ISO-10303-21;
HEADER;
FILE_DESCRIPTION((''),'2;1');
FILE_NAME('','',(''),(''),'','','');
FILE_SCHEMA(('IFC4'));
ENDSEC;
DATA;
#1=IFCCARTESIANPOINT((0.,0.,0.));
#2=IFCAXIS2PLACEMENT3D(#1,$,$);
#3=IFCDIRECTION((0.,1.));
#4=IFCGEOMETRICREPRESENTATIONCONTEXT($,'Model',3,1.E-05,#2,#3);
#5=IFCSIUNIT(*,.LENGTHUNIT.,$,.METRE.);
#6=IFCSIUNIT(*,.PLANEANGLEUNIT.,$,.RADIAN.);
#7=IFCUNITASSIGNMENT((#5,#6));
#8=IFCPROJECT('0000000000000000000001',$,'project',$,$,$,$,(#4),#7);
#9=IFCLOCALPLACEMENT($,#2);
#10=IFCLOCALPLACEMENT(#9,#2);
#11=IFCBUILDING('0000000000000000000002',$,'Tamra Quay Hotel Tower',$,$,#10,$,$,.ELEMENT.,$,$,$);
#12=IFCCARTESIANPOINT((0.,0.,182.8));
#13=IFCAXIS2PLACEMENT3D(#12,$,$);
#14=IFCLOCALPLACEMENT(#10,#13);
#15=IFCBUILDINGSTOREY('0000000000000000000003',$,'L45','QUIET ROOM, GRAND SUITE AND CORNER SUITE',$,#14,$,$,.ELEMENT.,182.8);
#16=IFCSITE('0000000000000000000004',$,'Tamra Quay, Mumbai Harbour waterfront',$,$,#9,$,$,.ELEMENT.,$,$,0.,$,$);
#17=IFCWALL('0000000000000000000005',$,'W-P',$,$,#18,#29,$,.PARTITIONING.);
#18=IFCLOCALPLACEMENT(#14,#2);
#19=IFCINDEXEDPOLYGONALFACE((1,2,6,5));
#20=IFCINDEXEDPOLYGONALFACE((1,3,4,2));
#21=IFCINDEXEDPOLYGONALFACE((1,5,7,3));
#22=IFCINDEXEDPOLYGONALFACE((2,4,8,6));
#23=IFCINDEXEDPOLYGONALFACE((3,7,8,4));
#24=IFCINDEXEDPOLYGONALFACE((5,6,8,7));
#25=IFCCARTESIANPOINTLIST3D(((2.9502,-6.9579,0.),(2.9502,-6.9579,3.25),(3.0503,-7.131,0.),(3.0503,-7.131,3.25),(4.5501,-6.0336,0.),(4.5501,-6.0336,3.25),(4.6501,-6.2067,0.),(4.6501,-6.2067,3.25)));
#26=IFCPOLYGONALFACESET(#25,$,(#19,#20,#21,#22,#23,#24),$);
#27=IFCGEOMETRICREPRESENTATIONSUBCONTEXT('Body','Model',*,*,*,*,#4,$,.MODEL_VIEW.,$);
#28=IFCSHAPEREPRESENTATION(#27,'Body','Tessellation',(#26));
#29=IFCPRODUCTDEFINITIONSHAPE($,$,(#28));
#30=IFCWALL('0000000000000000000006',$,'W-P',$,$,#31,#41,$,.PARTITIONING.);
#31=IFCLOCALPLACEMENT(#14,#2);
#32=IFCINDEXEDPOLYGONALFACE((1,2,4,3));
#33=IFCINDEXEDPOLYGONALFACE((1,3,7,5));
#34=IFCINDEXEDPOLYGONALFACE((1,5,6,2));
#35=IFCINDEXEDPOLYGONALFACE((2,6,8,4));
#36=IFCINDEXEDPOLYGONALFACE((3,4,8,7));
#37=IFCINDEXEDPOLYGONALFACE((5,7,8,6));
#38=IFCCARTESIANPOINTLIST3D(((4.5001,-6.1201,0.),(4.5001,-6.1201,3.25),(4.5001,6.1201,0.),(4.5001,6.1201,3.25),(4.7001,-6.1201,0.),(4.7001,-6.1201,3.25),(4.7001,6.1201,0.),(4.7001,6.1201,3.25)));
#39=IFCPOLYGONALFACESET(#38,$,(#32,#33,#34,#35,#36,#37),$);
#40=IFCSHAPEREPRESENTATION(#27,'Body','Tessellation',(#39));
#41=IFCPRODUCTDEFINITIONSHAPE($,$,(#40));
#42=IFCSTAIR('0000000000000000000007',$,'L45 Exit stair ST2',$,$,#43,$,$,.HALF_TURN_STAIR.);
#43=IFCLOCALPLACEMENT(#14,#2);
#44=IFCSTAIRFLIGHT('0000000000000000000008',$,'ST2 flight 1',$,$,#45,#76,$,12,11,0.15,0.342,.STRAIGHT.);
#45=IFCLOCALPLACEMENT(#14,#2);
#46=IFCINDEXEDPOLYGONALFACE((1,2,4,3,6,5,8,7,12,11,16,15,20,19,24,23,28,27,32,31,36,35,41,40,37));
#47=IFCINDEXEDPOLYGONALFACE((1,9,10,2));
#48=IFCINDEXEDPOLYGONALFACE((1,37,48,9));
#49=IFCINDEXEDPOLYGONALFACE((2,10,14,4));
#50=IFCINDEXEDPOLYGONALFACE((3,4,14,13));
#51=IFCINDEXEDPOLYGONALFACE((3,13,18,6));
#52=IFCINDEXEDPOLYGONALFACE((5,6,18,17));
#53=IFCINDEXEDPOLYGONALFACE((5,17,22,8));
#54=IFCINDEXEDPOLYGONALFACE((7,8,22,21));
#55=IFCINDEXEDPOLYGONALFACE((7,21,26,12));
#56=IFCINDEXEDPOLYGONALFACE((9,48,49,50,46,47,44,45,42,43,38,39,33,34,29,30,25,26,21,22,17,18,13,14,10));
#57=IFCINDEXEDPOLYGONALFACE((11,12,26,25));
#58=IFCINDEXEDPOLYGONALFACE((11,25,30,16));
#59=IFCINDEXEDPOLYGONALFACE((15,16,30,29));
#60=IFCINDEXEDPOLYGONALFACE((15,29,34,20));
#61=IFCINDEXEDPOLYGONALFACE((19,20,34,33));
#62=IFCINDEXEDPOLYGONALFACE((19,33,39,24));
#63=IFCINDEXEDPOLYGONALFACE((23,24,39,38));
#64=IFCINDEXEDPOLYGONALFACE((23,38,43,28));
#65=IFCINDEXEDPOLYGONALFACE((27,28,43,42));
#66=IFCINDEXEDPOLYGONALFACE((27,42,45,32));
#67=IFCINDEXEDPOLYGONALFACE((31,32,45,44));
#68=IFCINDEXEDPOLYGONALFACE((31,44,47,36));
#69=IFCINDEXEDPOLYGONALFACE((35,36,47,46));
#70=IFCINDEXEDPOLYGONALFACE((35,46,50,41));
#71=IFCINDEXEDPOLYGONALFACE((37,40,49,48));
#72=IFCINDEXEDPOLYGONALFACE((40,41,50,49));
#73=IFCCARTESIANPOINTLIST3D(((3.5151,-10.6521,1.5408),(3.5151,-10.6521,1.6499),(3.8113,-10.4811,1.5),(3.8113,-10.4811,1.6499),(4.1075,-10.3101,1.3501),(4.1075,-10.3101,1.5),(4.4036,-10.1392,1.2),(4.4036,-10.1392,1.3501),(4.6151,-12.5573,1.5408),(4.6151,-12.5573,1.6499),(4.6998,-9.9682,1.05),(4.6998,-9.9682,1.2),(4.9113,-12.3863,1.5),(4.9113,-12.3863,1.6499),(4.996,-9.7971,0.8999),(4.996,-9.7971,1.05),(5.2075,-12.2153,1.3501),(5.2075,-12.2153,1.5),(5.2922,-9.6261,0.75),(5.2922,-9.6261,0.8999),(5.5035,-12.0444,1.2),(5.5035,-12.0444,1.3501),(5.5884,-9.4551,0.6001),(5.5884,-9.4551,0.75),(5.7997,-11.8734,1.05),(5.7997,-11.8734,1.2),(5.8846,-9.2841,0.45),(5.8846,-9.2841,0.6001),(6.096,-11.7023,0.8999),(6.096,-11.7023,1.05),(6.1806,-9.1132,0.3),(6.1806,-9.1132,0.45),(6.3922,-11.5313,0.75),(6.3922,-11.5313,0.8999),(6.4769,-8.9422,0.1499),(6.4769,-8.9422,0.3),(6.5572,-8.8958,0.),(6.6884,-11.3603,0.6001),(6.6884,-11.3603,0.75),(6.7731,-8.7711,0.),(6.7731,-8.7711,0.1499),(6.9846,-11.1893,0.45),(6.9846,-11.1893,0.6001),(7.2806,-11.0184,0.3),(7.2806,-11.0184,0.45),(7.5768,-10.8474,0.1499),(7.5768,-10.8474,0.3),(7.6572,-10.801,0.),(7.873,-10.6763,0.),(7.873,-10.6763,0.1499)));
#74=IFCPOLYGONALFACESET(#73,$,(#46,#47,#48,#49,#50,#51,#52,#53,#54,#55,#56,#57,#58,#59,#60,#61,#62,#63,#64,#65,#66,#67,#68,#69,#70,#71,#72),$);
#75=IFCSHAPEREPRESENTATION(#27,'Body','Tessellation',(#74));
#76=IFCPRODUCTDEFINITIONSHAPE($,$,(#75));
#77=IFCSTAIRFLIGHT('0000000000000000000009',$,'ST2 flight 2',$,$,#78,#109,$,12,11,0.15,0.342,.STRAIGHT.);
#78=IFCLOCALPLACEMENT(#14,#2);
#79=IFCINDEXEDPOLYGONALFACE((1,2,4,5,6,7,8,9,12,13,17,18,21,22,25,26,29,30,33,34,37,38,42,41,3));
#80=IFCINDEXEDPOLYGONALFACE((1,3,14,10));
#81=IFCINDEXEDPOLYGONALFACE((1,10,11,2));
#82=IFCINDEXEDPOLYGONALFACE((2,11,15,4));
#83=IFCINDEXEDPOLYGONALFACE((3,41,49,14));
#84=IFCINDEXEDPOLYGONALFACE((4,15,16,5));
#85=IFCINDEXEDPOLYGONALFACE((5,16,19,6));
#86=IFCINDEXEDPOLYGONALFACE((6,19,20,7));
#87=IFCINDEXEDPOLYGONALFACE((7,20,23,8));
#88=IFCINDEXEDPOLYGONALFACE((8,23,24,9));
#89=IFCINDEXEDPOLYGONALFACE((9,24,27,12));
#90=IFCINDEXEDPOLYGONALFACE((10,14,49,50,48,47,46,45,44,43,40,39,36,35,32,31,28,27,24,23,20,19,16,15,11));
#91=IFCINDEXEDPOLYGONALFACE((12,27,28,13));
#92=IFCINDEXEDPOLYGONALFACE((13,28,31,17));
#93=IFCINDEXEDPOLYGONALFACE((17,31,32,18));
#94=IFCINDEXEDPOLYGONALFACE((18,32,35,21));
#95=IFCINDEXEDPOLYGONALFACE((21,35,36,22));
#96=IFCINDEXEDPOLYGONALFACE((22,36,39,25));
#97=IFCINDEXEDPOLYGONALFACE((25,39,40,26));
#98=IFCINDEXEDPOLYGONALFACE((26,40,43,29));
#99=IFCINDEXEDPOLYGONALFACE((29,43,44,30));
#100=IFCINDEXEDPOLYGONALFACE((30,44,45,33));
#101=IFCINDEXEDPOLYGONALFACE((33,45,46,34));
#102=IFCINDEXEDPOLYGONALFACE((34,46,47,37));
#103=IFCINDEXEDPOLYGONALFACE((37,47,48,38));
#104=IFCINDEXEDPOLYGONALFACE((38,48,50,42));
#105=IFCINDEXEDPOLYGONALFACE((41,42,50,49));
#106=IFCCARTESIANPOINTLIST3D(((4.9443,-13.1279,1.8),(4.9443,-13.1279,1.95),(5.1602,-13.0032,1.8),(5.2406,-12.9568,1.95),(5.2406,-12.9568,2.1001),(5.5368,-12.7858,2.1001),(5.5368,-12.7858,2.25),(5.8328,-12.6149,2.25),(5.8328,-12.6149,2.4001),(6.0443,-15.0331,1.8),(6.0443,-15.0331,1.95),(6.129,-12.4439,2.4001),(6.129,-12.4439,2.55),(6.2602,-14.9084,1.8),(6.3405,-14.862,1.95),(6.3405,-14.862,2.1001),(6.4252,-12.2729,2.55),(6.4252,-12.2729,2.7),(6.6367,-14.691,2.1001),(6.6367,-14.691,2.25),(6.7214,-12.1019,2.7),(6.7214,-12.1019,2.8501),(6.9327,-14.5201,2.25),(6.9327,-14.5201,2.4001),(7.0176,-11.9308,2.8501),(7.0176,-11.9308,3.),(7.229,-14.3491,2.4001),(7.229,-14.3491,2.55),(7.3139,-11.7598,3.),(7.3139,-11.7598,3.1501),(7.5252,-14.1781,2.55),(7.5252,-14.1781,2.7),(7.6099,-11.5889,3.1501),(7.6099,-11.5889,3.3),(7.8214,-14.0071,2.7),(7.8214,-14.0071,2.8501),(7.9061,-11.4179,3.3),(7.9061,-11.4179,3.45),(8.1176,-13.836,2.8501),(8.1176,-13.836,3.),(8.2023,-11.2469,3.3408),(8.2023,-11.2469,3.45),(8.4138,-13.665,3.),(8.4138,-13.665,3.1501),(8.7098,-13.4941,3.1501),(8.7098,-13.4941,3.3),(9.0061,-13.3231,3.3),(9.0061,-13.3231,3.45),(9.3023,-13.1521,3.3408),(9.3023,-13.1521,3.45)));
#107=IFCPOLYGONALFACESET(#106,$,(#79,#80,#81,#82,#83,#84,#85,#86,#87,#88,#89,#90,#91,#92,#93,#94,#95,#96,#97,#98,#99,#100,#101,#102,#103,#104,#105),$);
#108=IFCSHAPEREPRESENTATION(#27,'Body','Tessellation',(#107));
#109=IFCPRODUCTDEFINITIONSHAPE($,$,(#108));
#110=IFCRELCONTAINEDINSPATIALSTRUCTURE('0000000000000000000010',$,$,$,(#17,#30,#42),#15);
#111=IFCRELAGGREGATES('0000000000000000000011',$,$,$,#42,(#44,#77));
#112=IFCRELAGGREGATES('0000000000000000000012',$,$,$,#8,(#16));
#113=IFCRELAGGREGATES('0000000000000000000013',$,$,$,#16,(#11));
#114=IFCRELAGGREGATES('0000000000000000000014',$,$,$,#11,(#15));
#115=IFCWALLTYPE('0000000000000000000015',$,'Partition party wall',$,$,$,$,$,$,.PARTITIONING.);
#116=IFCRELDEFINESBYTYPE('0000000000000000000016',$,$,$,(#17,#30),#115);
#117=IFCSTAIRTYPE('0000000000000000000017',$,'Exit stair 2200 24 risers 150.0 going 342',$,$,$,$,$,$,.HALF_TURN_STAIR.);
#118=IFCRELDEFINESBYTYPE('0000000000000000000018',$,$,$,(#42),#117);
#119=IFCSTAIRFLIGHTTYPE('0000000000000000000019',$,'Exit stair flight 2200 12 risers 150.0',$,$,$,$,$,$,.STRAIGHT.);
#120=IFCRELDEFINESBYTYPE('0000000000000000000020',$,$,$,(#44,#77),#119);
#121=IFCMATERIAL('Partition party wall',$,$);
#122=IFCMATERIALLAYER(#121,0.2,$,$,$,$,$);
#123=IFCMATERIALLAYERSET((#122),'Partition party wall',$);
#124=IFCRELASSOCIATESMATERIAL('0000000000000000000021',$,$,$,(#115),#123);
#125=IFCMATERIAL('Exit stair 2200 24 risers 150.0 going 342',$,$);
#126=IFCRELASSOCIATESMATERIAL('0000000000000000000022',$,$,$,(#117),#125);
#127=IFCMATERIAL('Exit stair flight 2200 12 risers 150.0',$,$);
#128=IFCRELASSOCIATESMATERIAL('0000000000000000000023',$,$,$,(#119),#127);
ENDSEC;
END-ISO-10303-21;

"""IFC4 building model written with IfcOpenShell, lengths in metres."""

from ifc_helpers import new_model, si_unit, direction, frame, frame_2d, origin, place, context, subcontext, project, spatial, polyline, rectangle, outline, extrude, material, layer, layer_set, type_object, element, aggregate, save


model = new_model("IFC4")

# Units and contexts
model_context = context("Model", 3, precision=1e-05, world=origin(), true_north=direction((0.0, 1.0)))
body_context = subcontext(model_context, "Body", "Model", "MODEL_VIEW")
ifc_project = project(units=[si_unit("LENGTHUNIT", "METRE"), si_unit("PLANEANGLEUNIT", "RADIAN")], contexts=[model_context])

# Site, building, storey
site_placement = place(None, origin())
site = spatial("IfcSite", under=ifc_project, at=site_placement, Name="Tamra Quay, Mumbai Harbour waterfront", CompositionType="ELEMENT", RefElevation=0.0)
building_placement = place(site_placement, origin())
building = spatial("IfcBuilding", under=site, at=building_placement, Name="Tamra Quay Hotel Tower", CompositionType="ELEMENT")
storey_placement = place(building_placement, frame((0.0, 0.0, 182.8)))
storey = spatial("IfcBuildingStorey", under=building, at=storey_placement, Name="L45", Description="QUIET ROOM, GRAND SUITE AND CORNER SUITE", CompositionType="ELEMENT", Elevation=182.8)

# Walls
ifc_material_1 = material(Name="Partition party wall")
ifc_layer_1 = layer(ifc_material_1, 0.2)
ifc_layer_set_1 = layer_set([ifc_layer_1], Name="Partition party wall")
wall_type_1 = type_object("IfcWallType", Name="Partition party wall", PredefinedType="PARTITIONING", material=ifc_layer_set_1)
wall_1_placement = place(storey_placement, frame((3.0002, -7.0444, 0.0), z_axis=(0.0, 0.0, 1.0), x_axis=(0.865875, 0.50026, 0.0)))
element("IfcWall", 1, at=wall_1_placement, inside=storey, type_object=wall_type_1, Name="W-P", PredefinedType="PARTITIONING", context=body_context, shape_type="SweptSolid", body=[
    extrude(rectangle(XDim=1.8477, YDim=0.2, at=frame_2d((0.9238, 0.0))), origin(), (0.0, 0.0, 1.0), 3.25),
])
wall_2_placement = place(storey_placement, frame((4.6001, -6.1201, 0.0), z_axis=(0.0, 0.0, 1.0), x_axis=(0.0, 1.0, 0.0)))
element("IfcWall", 2, at=wall_2_placement, inside=storey, type_object=wall_type_1, Name="W-P", PredefinedType="PARTITIONING", context=body_context, shape_type="SweptSolid", body=[
    extrude(rectangle(XDim=12.2402, YDim=0.2, at=frame_2d((6.1201, 0.0))), origin(), (0.0, 0.0, 1.0), 3.25),
])

# Stair, stair flights
ifc_material_2 = material(Name="Exit stair 2200 24 risers 150.0 going 342")
stair_type = type_object("IfcStairType", Name="Exit stair 2200 24 risers 150.0 going 342", PredefinedType="HALF_TURN_STAIR", material=ifc_material_2)
stair_placement = place(storey_placement, origin())
stair = element("IfcStair", 3, at=stair_placement, inside=storey, type_object=stair_type, Name="L45 Exit stair ST2", PredefinedType="HALF_TURN_STAIR")
ifc_material_3 = material(Name="Exit stair flight 2200 12 risers 150.0")
stair_flight_type = type_object("IfcStairFlightType", Name="Exit stair flight 2200 12 risers 150.0", PredefinedType="STRAIGHT", material=ifc_material_3)
stair_flight_1_placement = place(storey_placement, frame((7.323, -9.7236, 0.0), z_axis=(0.0, 0.0, 1.0), x_axis=(-0.866025, -0.5, 0.0)))
stair_flight_1 = element("IfcStairFlight", 4, at=stair_flight_1_placement, type_object=stair_flight_type, Name="ST2 flight 1", NumberOfRisers=12, NumberOfTreads=11, PredefinedType="STRAIGHT", RiserHeight=0.15, TreadLength=0.342, context=body_context, shape_type="SweptSolid", body=[
    extrude(outline(polyline([(0.0, 0.0), (0.0, 0.1499), (0.342, 0.1499), (0.342, 0.3), (0.6841, 0.3), (0.6841, 0.45), (1.0259, 0.45), (1.0259, 0.6001), (1.3679, 0.6001), (1.3679, 0.75), (1.71, 0.75), (1.71, 0.8999), (2.052, 0.8999), (2.052, 1.05), (2.394, 1.05), (2.394, 1.2), (2.7361, 1.2), (2.7361, 1.3501), (3.0779, 1.3501), (3.0779, 1.5), (3.4199, 1.5), (3.4199, 1.6499), (3.762, 1.6499), (3.762, 1.8), (3.762, 1.5408), (0.2493, 0.0), (0.0, 0.0)])), frame((0.0, 1.1001, 0.0), z_axis=(0.0, -1.0, 0.0), x_axis=(1.0, 0.0, 0.0)), (0.0, 0.0, 1.0), 2.2),
])
stair_flight_2_placement = place(storey_placement, frame((5.4944, -14.0806, 1.8), z_axis=(0.0, 0.0, 1.0), x_axis=(0.866025, 0.5, 0.0)))
stair_flight_2 = element("IfcStairFlight", 5, at=stair_flight_2_placement, type_object=stair_flight_type, Name="ST2 flight 2", NumberOfRisers=12, NumberOfTreads=11, PredefinedType="STRAIGHT", RiserHeight=0.15, TreadLength=0.342, context=body_context, shape_type="SweptSolid", body=[
    extrude(outline(polyline([(0.0, 0.0), (0.0, 0.1499), (0.342, 0.1499), (0.342, 0.3), (0.6841, 0.3), (0.6841, 0.45), (1.0259, 0.45), (1.0259, 0.6001), (1.3679, 0.6001), (1.3679, 0.75), (1.71, 0.75), (1.71, 0.8999), (2.052, 0.8999), (2.052, 1.05), (2.394, 1.05), (2.394, 1.2), (2.7361, 1.2), (2.7361, 1.3501), (3.0779, 1.3501), (3.0779, 1.5), (3.4199, 1.5), (3.4199, 1.6499), (3.762, 1.6499), (3.762, 1.8), (3.762, 1.5408), (0.2493, 0.0), (0.0, 0.0)])), frame((0.0, 1.1001, 0.0), z_axis=(0.0, -1.0, 0.0), x_axis=(1.0, 0.0, 0.0)), (0.0, 0.0, 1.0), 2.2),
])
aggregate(stair, [stair_flight_1, stair_flight_2])

save(model, "model.ifc")
